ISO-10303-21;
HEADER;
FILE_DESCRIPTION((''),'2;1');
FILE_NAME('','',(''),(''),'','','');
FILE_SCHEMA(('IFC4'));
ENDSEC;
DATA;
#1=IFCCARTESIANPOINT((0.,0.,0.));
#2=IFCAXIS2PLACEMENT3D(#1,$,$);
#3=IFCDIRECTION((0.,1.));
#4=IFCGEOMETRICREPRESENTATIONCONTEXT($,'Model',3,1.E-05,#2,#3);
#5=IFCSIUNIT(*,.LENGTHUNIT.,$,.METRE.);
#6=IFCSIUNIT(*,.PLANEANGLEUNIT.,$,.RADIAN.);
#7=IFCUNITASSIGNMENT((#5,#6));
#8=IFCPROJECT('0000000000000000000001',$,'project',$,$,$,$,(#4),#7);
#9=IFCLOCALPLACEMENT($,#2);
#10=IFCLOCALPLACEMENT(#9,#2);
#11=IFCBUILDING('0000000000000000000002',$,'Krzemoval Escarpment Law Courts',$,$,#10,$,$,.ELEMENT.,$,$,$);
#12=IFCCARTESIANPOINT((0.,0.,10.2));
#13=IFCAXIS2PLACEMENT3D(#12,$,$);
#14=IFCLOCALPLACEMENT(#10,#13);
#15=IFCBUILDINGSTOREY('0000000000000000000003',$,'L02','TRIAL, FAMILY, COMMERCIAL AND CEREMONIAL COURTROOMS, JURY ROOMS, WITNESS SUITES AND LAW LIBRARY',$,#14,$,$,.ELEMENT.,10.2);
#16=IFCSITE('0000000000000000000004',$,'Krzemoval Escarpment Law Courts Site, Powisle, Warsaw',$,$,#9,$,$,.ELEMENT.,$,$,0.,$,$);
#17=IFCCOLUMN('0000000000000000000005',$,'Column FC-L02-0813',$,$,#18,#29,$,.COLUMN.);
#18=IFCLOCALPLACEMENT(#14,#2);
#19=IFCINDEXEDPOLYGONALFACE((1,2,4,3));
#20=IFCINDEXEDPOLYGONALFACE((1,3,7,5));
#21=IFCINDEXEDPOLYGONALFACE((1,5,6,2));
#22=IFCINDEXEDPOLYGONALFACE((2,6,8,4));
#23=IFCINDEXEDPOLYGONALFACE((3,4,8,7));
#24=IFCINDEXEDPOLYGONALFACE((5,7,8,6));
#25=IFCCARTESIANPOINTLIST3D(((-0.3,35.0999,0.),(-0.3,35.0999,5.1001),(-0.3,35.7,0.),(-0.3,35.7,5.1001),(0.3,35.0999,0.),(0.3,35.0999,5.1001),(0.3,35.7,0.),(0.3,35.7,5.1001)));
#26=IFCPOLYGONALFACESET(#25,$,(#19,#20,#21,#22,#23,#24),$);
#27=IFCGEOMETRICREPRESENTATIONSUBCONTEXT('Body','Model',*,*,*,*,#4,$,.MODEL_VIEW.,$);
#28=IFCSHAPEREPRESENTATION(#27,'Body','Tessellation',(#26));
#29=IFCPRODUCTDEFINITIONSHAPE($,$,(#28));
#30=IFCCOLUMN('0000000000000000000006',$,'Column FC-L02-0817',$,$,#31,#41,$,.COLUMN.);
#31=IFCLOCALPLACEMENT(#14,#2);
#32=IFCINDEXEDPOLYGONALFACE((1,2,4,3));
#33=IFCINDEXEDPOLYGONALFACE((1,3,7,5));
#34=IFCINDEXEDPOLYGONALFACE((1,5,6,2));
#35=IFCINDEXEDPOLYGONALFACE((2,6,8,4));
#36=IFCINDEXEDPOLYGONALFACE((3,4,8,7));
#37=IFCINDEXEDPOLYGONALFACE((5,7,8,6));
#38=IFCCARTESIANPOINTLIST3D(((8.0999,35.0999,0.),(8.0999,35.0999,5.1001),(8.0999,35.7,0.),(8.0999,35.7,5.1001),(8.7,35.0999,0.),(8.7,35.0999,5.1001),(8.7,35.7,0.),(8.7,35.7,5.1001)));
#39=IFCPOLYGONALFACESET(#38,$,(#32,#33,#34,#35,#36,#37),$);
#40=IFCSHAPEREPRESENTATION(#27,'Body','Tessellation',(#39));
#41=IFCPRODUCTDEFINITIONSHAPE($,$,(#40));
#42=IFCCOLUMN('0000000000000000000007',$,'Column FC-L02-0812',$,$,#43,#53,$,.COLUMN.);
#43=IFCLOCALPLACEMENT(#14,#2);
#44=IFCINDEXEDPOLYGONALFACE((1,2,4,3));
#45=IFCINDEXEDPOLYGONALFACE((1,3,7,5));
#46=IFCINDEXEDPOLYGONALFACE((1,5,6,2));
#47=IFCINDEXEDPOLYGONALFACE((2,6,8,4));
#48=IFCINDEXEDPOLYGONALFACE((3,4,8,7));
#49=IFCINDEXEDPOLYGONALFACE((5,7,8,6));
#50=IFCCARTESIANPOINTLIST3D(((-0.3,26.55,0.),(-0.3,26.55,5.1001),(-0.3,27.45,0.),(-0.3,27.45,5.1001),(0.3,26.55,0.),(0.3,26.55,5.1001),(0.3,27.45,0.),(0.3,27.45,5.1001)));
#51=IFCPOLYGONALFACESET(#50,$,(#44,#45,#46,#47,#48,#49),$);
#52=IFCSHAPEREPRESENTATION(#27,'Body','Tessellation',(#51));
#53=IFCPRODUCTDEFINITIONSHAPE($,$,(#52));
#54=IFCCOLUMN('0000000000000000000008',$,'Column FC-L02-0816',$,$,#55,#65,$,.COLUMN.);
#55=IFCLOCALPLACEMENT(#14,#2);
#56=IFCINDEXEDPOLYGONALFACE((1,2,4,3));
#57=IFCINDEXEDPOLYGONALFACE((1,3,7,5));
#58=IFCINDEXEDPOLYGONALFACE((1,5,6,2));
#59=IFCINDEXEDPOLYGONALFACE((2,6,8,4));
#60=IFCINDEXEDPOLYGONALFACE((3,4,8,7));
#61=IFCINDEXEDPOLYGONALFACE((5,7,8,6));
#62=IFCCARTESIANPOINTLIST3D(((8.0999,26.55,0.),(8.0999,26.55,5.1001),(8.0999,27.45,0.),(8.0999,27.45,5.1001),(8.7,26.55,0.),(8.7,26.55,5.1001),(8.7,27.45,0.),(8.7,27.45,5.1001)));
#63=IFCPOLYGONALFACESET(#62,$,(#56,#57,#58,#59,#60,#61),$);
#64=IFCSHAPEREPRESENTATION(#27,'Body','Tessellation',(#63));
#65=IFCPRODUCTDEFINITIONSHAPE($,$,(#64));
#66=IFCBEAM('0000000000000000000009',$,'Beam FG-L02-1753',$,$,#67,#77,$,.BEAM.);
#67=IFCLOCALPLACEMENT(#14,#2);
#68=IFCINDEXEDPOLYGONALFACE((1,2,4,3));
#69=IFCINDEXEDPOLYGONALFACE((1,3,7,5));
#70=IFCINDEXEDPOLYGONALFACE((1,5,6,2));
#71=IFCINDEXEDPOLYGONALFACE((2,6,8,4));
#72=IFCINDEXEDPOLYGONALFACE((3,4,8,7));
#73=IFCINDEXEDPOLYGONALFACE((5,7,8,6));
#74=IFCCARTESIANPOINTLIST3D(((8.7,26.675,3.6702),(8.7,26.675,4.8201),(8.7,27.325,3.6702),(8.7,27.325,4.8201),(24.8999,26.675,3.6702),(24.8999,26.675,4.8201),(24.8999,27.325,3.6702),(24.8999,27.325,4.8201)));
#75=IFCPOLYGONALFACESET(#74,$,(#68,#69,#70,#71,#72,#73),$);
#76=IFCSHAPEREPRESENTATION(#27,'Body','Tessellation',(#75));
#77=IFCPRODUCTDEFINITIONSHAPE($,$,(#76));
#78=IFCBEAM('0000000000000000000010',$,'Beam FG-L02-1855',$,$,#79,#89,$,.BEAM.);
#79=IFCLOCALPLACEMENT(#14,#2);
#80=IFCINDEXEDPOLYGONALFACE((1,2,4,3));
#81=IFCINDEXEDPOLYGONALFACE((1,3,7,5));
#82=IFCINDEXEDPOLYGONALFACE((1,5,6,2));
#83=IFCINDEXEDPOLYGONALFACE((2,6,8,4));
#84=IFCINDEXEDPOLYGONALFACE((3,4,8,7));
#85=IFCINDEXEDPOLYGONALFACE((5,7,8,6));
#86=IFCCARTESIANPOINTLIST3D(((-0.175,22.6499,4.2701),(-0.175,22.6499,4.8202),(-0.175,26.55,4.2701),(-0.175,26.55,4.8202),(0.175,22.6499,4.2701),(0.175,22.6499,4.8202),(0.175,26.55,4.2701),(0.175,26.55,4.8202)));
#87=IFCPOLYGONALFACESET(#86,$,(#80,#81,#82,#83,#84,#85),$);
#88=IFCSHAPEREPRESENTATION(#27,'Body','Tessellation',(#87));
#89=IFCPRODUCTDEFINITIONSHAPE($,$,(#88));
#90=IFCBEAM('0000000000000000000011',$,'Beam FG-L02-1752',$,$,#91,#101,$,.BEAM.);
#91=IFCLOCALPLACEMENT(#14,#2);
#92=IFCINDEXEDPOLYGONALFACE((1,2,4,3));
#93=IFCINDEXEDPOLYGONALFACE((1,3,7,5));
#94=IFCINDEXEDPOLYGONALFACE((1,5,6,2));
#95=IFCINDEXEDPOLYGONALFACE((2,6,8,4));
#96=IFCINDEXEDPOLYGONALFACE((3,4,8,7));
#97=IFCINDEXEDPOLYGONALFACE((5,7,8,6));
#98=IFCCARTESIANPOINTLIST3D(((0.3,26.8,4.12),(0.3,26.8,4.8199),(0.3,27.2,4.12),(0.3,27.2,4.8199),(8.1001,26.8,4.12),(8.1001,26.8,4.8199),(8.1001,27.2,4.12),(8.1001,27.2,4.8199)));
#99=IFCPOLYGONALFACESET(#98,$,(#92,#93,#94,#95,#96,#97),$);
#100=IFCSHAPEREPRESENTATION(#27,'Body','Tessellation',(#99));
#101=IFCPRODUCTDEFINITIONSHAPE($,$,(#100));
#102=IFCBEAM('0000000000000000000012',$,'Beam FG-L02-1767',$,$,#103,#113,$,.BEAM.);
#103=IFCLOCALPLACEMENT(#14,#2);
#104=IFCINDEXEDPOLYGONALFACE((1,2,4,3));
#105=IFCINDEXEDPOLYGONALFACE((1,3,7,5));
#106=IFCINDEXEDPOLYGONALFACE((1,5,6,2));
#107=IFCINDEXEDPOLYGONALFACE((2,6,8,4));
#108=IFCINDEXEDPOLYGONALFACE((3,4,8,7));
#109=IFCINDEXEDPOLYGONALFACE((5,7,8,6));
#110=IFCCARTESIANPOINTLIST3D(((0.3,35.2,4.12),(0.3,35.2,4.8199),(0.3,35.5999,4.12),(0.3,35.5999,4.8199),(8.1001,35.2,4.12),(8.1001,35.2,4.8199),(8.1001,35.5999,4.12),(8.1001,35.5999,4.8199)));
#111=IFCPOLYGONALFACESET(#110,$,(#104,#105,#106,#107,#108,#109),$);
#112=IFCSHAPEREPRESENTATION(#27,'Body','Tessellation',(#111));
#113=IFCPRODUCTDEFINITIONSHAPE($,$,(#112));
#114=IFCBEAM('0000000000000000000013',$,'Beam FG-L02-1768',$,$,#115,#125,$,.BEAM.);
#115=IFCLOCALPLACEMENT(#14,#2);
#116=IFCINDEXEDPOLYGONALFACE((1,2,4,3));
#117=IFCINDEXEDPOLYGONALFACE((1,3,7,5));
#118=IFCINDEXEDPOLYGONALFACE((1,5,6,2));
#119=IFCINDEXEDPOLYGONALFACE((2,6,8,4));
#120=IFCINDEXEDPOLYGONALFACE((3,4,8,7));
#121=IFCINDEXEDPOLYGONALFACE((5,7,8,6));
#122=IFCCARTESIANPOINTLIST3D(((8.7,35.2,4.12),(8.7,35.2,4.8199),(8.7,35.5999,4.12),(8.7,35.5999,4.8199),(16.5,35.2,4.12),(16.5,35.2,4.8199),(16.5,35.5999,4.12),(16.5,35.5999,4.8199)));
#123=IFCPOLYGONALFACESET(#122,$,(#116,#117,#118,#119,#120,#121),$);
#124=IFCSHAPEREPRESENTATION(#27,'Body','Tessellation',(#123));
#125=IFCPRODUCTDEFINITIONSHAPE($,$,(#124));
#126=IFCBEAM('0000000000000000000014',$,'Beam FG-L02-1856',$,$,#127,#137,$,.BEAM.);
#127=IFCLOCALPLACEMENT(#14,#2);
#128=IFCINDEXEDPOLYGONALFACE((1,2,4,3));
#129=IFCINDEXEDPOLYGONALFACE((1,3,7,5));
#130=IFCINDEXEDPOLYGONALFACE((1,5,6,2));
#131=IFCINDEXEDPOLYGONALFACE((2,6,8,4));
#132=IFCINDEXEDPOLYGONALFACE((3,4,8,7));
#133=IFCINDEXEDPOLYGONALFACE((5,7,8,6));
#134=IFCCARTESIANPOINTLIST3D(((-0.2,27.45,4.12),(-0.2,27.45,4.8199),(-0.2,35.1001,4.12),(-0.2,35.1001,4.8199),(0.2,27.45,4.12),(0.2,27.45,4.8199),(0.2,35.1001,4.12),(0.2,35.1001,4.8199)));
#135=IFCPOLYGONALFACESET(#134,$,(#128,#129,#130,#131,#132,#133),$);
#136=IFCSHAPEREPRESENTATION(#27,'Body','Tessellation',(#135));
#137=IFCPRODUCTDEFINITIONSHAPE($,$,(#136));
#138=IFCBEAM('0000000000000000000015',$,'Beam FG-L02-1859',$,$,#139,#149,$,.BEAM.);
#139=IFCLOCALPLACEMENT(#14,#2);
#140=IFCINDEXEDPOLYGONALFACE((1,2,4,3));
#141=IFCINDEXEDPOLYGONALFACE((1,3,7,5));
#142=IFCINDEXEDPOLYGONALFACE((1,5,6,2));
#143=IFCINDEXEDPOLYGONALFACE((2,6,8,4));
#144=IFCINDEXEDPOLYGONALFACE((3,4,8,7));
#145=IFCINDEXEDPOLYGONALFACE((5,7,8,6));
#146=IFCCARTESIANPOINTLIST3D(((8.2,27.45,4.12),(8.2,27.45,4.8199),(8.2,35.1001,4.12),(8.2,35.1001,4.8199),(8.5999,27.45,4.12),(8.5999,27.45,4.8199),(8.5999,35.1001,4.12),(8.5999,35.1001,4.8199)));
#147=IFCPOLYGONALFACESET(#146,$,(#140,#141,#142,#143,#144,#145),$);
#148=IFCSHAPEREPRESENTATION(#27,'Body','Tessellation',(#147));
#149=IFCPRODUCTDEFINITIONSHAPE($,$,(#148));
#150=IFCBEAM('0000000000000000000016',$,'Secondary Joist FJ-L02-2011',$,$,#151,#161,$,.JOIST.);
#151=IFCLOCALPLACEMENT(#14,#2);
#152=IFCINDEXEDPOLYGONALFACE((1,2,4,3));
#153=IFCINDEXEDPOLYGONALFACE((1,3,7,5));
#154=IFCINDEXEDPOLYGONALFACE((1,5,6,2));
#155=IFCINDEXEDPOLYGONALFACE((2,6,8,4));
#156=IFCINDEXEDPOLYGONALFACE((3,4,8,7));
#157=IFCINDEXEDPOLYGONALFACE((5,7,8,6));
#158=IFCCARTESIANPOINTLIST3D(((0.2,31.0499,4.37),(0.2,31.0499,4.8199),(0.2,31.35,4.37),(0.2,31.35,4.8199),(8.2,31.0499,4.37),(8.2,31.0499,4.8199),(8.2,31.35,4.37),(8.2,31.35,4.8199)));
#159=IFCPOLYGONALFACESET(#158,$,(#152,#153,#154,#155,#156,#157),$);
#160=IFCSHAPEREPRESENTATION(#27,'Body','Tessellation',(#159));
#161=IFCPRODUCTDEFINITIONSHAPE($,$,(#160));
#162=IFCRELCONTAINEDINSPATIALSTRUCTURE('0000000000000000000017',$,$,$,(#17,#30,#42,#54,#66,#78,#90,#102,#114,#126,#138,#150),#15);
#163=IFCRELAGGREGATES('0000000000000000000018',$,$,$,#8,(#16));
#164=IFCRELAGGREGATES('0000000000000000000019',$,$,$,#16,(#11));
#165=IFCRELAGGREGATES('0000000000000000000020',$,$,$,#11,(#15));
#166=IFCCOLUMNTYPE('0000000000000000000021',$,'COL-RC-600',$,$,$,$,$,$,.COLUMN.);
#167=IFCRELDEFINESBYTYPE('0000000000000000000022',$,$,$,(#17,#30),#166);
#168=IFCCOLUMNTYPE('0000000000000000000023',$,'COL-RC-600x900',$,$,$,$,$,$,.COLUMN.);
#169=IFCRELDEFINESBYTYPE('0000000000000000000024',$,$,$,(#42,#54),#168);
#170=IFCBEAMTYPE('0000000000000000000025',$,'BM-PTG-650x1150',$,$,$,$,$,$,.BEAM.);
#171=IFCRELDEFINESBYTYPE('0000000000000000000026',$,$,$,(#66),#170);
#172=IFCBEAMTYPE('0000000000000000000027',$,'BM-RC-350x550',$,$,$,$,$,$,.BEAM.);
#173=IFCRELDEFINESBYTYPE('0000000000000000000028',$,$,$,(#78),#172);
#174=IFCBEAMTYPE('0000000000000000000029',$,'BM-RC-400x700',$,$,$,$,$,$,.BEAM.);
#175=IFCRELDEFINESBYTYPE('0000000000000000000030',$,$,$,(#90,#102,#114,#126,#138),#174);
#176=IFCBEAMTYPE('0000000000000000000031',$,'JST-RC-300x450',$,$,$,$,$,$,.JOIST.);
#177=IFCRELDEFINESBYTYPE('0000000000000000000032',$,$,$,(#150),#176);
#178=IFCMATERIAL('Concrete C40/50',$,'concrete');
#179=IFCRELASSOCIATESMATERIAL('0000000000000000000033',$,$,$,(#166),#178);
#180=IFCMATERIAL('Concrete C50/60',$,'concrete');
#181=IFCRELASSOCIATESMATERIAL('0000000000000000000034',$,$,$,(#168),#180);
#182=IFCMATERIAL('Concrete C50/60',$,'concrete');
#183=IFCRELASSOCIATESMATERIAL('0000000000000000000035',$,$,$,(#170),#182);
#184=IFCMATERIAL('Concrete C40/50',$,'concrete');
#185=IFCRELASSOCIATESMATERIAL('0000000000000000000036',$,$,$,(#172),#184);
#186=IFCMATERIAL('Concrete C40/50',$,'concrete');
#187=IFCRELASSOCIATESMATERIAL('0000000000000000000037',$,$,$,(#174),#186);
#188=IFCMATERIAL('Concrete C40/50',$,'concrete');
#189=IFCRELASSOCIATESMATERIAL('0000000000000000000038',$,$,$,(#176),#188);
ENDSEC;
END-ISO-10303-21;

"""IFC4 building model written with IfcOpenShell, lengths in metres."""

from ifc_helpers import new_model, si_unit, direction, frame, origin, origin_2d, place, context, subcontext, project, spatial, rectangle, extrude, material, material_profile, profile_set, type_object, element, save


model = new_model("IFC4")

# Units and contexts
model_context = context("Model", 3, precision=1e-05, world=origin(), true_north=direction((0.0, 1.0)))
body_context = subcontext(model_context, "Body", "Model", "MODEL_VIEW")
ifc_project = project(units=[si_unit("LENGTHUNIT", "METRE"), si_unit("PLANEANGLEUNIT", "RADIAN")], contexts=[model_context])

# Site, building, storey
site_placement = place(None, origin())
site = spatial("IfcSite", under=ifc_project, at=site_placement, Name="Krzemoval Escarpment Law Courts Site, Powisle, Warsaw", CompositionType="ELEMENT", RefElevation=0.0)
building_placement = place(site_placement, origin())
building = spatial("IfcBuilding", under=site, at=building_placement, Name="Krzemoval Escarpment Law Courts", CompositionType="ELEMENT")
storey_placement = place(building_placement, frame((0.0, 0.0, 10.2)))
storey = spatial("IfcBuildingStorey", under=building, at=storey_placement, Name="L02", Description="TRIAL, FAMILY, COMMERCIAL AND CEREMONIAL COURTROOMS, JURY ROOMS, WITNESS SUITES AND LAW LIBRARY", CompositionType="ELEMENT", Elevation=10.2)

# Columns
ifc_material_1 = material(Name="Concrete C40/50", Category="concrete")
ifc_material_profile_1 = material_profile(ifc_material_1, rectangle(XDim=0.6001, YDim=0.6001, at=origin_2d()), Name="RC 600x600")
ifc_profile_set_1 = profile_set([ifc_material_profile_1], Name="Concrete C40/50")
column_type_1 = type_object("IfcColumnType", Name="COL-RC-600", PredefinedType="COLUMN", material=ifc_profile_set_1)
for number, where, z_axis, x_axis, name in (
    (1, (0.0, 35.3999, 0.0), (0.0, 0.0, 1.0), (1.0, 0.0, 0.0), "Column FC-L02-0813"),
    (2, (8.3999, 35.3999, 0.0), (0.0, 0.0, 1.0), (1.0, 0.0, 0.0), "Column FC-L02-0817"),
):
    element("IfcColumn", number, at=place(storey_placement, frame(where, z_axis=z_axis, x_axis=x_axis)), inside=storey, type_object=column_type_1, Name=name, PredefinedType="COLUMN", context=body_context, shape_type="SweptSolid", body=[
        extrude(rectangle(XDim=0.6001, YDim=0.6001, at=origin_2d()), origin(), (0.0, 0.0, 1.0), 5.1001),
    ])
ifc_material_2 = material(Name="Concrete C50/60", Category="concrete")
ifc_material_profile_2 = material_profile(ifc_material_2, rectangle(XDim=0.6001, YDim=0.8999, at=origin_2d()), Name="RC 600x900")
ifc_profile_set_2 = profile_set([ifc_material_profile_2], Name="Concrete C50/60")
column_type_2 = type_object("IfcColumnType", Name="COL-RC-600x900", PredefinedType="COLUMN", material=ifc_profile_set_2)
for number, where, z_axis, x_axis, name in (
    (3, (0.0, 27.0, 0.0), (0.0, 0.0, 1.0), (1.0, 0.0, 0.0), "Column FC-L02-0812"),
    (4, (8.3999, 27.0, 0.0), (0.0, 0.0, 1.0), (1.0, 0.0, 0.0), "Column FC-L02-0816"),
):
    element("IfcColumn", number, at=place(storey_placement, frame(where, z_axis=z_axis, x_axis=x_axis)), inside=storey, type_object=column_type_2, Name=name, PredefinedType="COLUMN", context=body_context, shape_type="SweptSolid", body=[
        extrude(rectangle(XDim=0.6001, YDim=0.8999, at=origin_2d()), origin(), (0.0, 0.0, 1.0), 5.1001),
    ])

# Beams
ifc_material_3 = material(Name="Concrete C50/60", Category="concrete")
ifc_material_profile_3 = material_profile(ifc_material_3, rectangle(XDim=0.6499, YDim=1.1499, at=origin_2d()), Name="PTG 650x1150")
ifc_profile_set_3 = profile_set([ifc_material_profile_3], Name="Concrete C50/60")
beam_type_1 = type_object("IfcBeamType", Name="BM-PTG-650x1150", PredefinedType="BEAM", material=ifc_profile_set_3)
beam_1_placement = place(storey_placement, frame((8.7, 27.0, 4.2451), z_axis=(1.0, 0.0, 0.0), x_axis=(0.0, 1.0, 0.0)))
element("IfcBeam", 5, at=beam_1_placement, inside=storey, type_object=beam_type_1, Name="Beam FG-L02-1753", PredefinedType="BEAM", context=body_context, shape_type="SweptSolid", body=[
    extrude(rectangle(XDim=0.6499, YDim=1.1499, at=origin_2d()), origin(), (0.0, 0.0, 1.0), 16.2),
])
ifc_material_4 = material(Name="Concrete C40/50", Category="concrete")
ifc_material_profile_4 = material_profile(ifc_material_4, rectangle(XDim=0.3501, YDim=0.55, at=origin_2d()), Name="RCB 350x550")
ifc_profile_set_4 = profile_set([ifc_material_profile_4], Name="Concrete C40/50")
beam_type_2 = type_object("IfcBeamType", Name="BM-RC-350x550", PredefinedType="BEAM", material=ifc_profile_set_4)
beam_2_placement = place(storey_placement, frame((0.0, 22.6499, 4.5452), z_axis=(0.0, 1.0, 0.0), x_axis=(-1.0, 0.0, 0.0)))
element("IfcBeam", 6, at=beam_2_placement, inside=storey, type_object=beam_type_2, Name="Beam FG-L02-1855", PredefinedType="BEAM", context=body_context, shape_type="SweptSolid", body=[
    extrude(rectangle(XDim=0.3501, YDim=0.55, at=origin_2d()), origin(), (0.0, 0.0, 1.0), 3.9001),
])
ifc_material_5 = material(Name="Concrete C40/50", Category="concrete")
ifc_material_profile_5 = material_profile(ifc_material_5, rectangle(XDim=0.3999, YDim=0.7, at=origin_2d()), Name="RCB 400x700")
ifc_profile_set_5 = profile_set([ifc_material_profile_5], Name="Concrete C40/50")
beam_type_3 = type_object("IfcBeamType", Name="BM-RC-400x700", PredefinedType="BEAM", material=ifc_profile_set_5)
for number, where, z_axis, x_axis, name in (
    (7, (0.3, 27.0, 4.47), (1.0, 0.0, 0.0), (0.0, 1.0, 0.0), "Beam FG-L02-1752"),
    (8, (0.3, 35.3999, 4.47), (1.0, 0.0, 0.0), (0.0, 1.0, 0.0), "Beam FG-L02-1767"),
    (9, (8.7, 35.3999, 4.47), (1.0, 0.0, 0.0), (0.0, 1.0, 0.0), "Beam FG-L02-1768"),
):
    element("IfcBeam", number, at=place(storey_placement, frame(where, z_axis=z_axis, x_axis=x_axis)), inside=storey, type_object=beam_type_3, Name=name, PredefinedType="BEAM", context=body_context, shape_type="SweptSolid", body=[
        extrude(rectangle(XDim=0.3999, YDim=0.7, at=origin_2d()), origin(), (0.0, 0.0, 1.0), 7.8),
    ])
for number, where, z_axis, x_axis, name in (
    (10, (0.0, 27.45, 4.47), (0.0, 1.0, 0.0), (-1.0, 0.0, 0.0), "Beam FG-L02-1856"),
    (11, (8.3999, 27.45, 4.47), (0.0, 1.0, 0.0), (-1.0, 0.0, 0.0), "Beam FG-L02-1859"),
):
    element("IfcBeam", number, at=place(storey_placement, frame(where, z_axis=z_axis, x_axis=x_axis)), inside=storey, type_object=beam_type_3, Name=name, PredefinedType="BEAM", context=body_context, shape_type="SweptSolid", body=[
        extrude(rectangle(XDim=0.3999, YDim=0.7, at=origin_2d()), origin(), (0.0, 0.0, 1.0), 7.6501),
    ])
ifc_material_6 = material(Name="Concrete C40/50", Category="concrete")
ifc_material_profile_6 = material_profile(ifc_material_6, rectangle(XDim=0.3, YDim=0.45, at=origin_2d()), Name="RCB 300x450")
ifc_profile_set_6 = profile_set([ifc_material_profile_6], Name="Concrete C40/50")
beam_type_4 = type_object("IfcBeamType", Name="JST-RC-300x450", PredefinedType="JOIST", material=ifc_profile_set_6)
beam_3_placement = place(storey_placement, frame((0.2, 31.2, 4.595), z_axis=(1.0, 0.0, 0.0), x_axis=(0.0, 1.0, 0.0)))
element("IfcBeam", 12, at=beam_3_placement, inside=storey, type_object=beam_type_4, Name="Secondary Joist FJ-L02-2011", PredefinedType="JOIST", context=body_context, shape_type="SweptSolid", body=[
    extrude(rectangle(XDim=0.3, YDim=0.45, at=origin_2d()), origin(), (0.0, 0.0, 1.0), 8.0),
])

save(model, "model.ifc")
